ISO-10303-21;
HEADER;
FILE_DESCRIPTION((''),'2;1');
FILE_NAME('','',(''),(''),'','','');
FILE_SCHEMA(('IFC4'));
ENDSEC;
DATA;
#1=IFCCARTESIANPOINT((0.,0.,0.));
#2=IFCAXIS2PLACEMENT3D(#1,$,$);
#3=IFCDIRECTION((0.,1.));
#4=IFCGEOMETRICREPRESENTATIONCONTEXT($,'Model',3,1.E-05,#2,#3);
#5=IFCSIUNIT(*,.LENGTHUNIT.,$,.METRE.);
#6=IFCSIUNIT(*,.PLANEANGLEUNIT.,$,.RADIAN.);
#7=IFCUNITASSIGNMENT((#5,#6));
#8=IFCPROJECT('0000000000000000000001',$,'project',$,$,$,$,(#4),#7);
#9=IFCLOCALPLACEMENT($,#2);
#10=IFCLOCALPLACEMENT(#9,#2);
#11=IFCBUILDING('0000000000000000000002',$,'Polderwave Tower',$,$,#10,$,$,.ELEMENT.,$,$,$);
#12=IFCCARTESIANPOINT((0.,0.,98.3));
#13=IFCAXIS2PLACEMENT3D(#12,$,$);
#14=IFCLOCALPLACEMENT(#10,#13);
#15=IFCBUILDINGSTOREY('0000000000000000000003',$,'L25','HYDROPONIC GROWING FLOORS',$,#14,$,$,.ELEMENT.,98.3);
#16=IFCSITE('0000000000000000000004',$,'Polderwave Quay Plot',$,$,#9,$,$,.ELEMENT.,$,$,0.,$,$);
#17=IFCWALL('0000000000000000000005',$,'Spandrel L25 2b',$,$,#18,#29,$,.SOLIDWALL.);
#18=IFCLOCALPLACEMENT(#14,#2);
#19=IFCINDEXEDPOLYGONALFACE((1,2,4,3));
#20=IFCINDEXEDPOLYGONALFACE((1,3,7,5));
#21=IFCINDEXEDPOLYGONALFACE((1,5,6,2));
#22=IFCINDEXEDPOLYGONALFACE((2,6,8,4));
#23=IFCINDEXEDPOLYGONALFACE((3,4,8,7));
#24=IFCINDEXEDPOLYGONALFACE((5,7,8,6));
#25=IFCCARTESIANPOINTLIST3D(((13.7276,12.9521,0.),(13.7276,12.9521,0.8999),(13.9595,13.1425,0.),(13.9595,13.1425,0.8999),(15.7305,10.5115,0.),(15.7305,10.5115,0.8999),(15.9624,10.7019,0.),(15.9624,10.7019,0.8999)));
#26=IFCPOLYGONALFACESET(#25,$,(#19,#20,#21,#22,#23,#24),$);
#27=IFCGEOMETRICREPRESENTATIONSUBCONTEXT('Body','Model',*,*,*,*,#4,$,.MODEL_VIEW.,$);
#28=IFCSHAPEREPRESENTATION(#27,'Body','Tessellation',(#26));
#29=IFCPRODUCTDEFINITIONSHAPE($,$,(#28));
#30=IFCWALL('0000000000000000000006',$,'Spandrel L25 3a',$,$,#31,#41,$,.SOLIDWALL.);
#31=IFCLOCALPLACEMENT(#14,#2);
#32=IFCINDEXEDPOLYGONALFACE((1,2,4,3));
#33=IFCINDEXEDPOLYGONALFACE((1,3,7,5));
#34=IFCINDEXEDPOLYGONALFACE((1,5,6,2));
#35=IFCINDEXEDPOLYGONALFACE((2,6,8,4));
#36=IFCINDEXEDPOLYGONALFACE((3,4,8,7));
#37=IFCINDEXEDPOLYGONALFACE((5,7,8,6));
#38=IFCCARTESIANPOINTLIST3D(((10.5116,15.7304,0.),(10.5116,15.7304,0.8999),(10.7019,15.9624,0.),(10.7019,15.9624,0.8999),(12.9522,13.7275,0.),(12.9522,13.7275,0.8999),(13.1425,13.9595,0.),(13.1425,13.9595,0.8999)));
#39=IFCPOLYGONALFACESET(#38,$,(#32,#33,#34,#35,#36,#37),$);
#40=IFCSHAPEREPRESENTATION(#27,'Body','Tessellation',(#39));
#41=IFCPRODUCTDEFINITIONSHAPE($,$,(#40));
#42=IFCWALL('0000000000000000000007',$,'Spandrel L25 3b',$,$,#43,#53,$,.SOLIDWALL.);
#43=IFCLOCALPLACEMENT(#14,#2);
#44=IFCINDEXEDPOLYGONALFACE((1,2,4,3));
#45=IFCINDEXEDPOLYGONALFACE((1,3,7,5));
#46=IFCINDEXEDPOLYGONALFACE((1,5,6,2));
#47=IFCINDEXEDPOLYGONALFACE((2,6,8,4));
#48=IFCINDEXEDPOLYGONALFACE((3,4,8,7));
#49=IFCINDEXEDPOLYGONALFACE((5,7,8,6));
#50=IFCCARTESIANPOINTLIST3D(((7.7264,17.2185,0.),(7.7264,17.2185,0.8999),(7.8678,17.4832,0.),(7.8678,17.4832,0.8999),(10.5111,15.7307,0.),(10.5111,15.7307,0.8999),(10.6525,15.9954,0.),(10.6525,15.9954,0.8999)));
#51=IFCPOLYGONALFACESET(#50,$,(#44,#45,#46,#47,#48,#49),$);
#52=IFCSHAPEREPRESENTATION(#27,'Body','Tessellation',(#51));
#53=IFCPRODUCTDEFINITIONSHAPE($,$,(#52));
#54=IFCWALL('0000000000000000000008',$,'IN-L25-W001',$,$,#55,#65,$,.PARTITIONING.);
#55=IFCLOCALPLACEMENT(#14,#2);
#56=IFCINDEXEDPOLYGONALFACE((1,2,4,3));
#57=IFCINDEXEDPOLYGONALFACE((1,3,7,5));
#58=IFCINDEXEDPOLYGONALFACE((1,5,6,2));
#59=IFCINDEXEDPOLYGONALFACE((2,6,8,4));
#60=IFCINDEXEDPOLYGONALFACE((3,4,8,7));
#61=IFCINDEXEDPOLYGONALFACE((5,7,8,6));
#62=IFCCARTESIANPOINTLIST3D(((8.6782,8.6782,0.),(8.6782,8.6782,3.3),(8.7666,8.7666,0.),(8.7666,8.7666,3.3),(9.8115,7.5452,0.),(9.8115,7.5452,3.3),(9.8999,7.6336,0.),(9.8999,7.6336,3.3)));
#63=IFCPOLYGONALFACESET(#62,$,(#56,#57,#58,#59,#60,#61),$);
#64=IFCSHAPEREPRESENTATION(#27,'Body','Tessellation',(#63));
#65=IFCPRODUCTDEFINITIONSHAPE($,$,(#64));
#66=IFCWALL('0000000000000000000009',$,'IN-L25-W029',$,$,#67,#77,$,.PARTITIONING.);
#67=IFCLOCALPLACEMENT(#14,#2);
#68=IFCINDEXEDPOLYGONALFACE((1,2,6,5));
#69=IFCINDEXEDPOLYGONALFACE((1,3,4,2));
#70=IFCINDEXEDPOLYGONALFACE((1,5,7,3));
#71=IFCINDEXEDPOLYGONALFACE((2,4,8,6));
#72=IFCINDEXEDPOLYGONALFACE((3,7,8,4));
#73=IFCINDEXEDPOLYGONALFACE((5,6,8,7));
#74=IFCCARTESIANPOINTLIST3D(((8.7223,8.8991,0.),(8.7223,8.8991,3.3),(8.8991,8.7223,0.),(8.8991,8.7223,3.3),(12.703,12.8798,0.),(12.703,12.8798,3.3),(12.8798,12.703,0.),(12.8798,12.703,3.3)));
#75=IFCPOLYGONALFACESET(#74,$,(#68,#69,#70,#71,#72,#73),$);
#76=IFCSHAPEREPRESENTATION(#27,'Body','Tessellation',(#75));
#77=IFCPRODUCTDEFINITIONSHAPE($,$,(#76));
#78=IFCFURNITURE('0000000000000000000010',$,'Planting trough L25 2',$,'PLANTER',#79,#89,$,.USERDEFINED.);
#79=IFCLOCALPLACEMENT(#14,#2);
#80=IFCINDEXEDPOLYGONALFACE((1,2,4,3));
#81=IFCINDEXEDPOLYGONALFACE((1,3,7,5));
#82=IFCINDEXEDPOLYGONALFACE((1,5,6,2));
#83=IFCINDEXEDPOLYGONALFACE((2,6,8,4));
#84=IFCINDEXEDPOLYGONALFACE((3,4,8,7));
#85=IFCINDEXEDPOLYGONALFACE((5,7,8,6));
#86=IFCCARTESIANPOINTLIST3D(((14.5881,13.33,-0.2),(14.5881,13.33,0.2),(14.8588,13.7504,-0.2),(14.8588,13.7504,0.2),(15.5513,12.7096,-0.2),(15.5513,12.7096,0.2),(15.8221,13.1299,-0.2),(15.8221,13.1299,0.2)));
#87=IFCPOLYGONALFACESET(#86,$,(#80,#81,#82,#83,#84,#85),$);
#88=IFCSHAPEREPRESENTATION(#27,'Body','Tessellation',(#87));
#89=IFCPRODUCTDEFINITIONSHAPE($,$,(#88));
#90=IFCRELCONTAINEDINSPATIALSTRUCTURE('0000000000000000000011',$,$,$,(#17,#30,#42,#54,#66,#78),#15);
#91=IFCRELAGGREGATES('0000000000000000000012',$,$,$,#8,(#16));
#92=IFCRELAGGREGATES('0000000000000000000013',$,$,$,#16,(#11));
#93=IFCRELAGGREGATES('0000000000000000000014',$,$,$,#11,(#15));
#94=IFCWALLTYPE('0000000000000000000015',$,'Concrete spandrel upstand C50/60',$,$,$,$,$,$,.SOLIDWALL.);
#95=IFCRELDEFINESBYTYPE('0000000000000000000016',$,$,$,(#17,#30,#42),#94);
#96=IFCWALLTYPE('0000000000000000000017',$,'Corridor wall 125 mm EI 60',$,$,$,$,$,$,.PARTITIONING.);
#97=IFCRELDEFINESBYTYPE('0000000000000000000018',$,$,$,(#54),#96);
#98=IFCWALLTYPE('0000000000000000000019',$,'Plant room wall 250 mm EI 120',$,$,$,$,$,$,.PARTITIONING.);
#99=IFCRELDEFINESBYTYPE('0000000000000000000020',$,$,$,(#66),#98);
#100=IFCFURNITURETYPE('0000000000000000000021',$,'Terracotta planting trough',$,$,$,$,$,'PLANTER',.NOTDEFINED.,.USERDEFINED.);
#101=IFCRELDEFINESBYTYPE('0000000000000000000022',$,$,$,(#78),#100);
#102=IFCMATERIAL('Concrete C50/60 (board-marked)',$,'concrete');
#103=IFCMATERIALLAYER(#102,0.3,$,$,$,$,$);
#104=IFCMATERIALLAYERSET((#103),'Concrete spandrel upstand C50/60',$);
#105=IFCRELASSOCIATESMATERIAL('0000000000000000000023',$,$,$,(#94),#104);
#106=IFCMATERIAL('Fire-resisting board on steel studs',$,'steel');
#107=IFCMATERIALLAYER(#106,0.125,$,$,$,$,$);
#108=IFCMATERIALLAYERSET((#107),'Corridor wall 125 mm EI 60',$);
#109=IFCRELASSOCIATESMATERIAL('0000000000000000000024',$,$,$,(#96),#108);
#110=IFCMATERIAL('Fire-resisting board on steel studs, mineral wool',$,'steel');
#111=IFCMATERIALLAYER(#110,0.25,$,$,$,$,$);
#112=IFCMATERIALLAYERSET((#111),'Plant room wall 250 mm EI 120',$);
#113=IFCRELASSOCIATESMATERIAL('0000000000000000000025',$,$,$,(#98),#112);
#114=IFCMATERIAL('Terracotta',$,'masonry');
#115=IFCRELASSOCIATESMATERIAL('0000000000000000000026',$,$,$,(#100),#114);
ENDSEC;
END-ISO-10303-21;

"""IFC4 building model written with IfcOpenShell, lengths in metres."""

from ifc_helpers import new_model, si_unit, direction, frame, frame_2d, origin, origin_2d, place, context, subcontext, project, spatial, rectangle, extrude, material, layer, layer_set, type_object, element, save


model = new_model("IFC4")

# Units and contexts
model_context = context("Model", 3, precision=1e-05, world=origin(), true_north=direction((0.0, 1.0)))
body_context = subcontext(model_context, "Body", "Model", "MODEL_VIEW")
ifc_project = project(units=[si_unit("LENGTHUNIT", "METRE"), si_unit("PLANEANGLEUNIT", "RADIAN")], contexts=[model_context])

# Site, building, storey
site_placement = place(None, origin())
site = spatial("IfcSite", under=ifc_project, at=site_placement, Name="Polderwave Quay Plot", CompositionType="ELEMENT", RefElevation=0.0)
building_placement = place(site_placement, origin())
building = spatial("IfcBuilding", under=site, at=building_placement, Name="Polderwave Tower", CompositionType="ELEMENT")
storey_placement = place(building_placement, frame((0.0, 0.0, 98.3)))
storey = spatial("IfcBuildingStorey", under=building, at=storey_placement, Name="L25", Description="HYDROPONIC GROWING FLOORS", CompositionType="ELEMENT", Elevation=98.3)

# Walls
ifc_material_1 = material(Name="Concrete C50/60 (board-marked)", Category="concrete")
ifc_layer_1 = layer(ifc_material_1, 0.3)
ifc_layer_set_1 = layer_set([ifc_layer_1], Name="Concrete spandrel upstand C50/60")
wall_type_1 = type_object("IfcWallType", Name="Concrete spandrel upstand C50/60", PredefinedType="SOLIDWALL", material=ifc_layer_set_1)
for number, where, z_axis, x_axis, name in (
    (1, (15.8464, 10.6067, 0.0), (0.0, 0.0, 1.0), (-0.634378, 0.773023, 0.0), "Spandrel L25 2b"),
    (2, (13.0474, 13.8435, 0.0), (0.0, 0.0, 1.0), (-0.773023, 0.634378, 0.0), "Spandrel L25 3a"),
    (3, (10.5818, 15.863, 0.0), (0.0, 0.0, 1.0), (-0.882006, 0.471238, 0.0), "Spandrel L25 3b"),
):
    element("IfcWall", number, at=place(storey_placement, frame(where, z_axis=z_axis, x_axis=x_axis)), inside=storey, type_object=wall_type_1, Name=name, PredefinedType="SOLIDWALL", context=body_context, shape_type="SweptSolid", body=[
        extrude(rectangle(XDim=3.1572, YDim=0.3, at=frame_2d((1.5786, 0.0))), origin(), (0.0, 0.0, 1.0), 0.8999),
    ])
ifc_material_2 = material(Name="Fire-resisting board on steel studs", Category="steel")
ifc_layer_2 = layer(ifc_material_2, 0.125)
ifc_layer_set_2 = layer_set([ifc_layer_2], Name="Corridor wall 125 mm EI 60")
wall_type_2 = type_object("IfcWallType", Name="Corridor wall 125 mm EI 60", PredefinedType="PARTITIONING", material=ifc_layer_set_2)
wall_1_placement = place(storey_placement, frame((8.7224, 8.7224, 0.0), z_axis=(0.0, 0.0, 1.0), x_axis=(0.707183, -0.707031, 0.0)))
element("IfcWall", 4, at=wall_1_placement, inside=storey, type_object=wall_type_2, Name="IN-L25-W001", PredefinedType="PARTITIONING", context=body_context, shape_type="SweptSolid", body=[
    extrude(rectangle(XDim=1.6025, YDim=0.125, at=frame_2d((0.8013, 0.0))), origin(), (0.0, 0.0, 1.0), 3.3),
])
ifc_material_3 = material(Name="Fire-resisting board on steel studs, mineral wool", Category="steel")
ifc_layer_3 = layer(ifc_material_3, 0.25)
ifc_layer_set_3 = layer_set([ifc_layer_3], Name="Plant room wall 250 mm EI 120")
wall_type_3 = type_object("IfcWallType", Name="Plant room wall 250 mm EI 120", PredefinedType="PARTITIONING", material=ifc_layer_set_3)
wall_2_placement = place(storey_placement, frame((12.7915, 12.7915, 0.0), z_axis=(0.0, 0.0, 1.0), x_axis=(-0.707107, -0.707107, 0.0)))
element("IfcWall", 5, at=wall_2_placement, inside=storey, type_object=wall_type_3, Name="IN-L25-W029", PredefinedType="PARTITIONING", context=body_context, shape_type="SweptSolid", body=[
    extrude(rectangle(XDim=5.6296, YDim=0.25, at=frame_2d((2.8149, 0.0))), origin(), (0.0, 0.0, 1.0), 3.3),
])

# Furniture
ifc_material_4 = material(Name="Terracotta", Category="masonry")
furniture_type = type_object("IfcFurnitureType", Name="Terracotta planting trough", ElementType="PLANTER", AssemblyPlace="NOTDEFINED", PredefinedType="USERDEFINED", material=ifc_material_4)
furniture_placement = place(storey_placement, frame((15.2051, 13.23, -0.2), z_axis=(0.0, 0.0, 1.0), x_axis=(-0.840698, 0.541504, 0.0)))
element("IfcFurniture", 6, at=furniture_placement, inside=storey, type_object=furniture_type, Name="Planting trough L25 2", ObjectType="PLANTER", PredefinedType="USERDEFINED", context=body_context, shape_type="SweptSolid", body=[
    extrude(rectangle(XDim=1.1458, YDim=0.5, at=origin_2d()), origin(), (0.0, 0.0, 1.0), 0.3999),
])

save(model, "model.ifc")
